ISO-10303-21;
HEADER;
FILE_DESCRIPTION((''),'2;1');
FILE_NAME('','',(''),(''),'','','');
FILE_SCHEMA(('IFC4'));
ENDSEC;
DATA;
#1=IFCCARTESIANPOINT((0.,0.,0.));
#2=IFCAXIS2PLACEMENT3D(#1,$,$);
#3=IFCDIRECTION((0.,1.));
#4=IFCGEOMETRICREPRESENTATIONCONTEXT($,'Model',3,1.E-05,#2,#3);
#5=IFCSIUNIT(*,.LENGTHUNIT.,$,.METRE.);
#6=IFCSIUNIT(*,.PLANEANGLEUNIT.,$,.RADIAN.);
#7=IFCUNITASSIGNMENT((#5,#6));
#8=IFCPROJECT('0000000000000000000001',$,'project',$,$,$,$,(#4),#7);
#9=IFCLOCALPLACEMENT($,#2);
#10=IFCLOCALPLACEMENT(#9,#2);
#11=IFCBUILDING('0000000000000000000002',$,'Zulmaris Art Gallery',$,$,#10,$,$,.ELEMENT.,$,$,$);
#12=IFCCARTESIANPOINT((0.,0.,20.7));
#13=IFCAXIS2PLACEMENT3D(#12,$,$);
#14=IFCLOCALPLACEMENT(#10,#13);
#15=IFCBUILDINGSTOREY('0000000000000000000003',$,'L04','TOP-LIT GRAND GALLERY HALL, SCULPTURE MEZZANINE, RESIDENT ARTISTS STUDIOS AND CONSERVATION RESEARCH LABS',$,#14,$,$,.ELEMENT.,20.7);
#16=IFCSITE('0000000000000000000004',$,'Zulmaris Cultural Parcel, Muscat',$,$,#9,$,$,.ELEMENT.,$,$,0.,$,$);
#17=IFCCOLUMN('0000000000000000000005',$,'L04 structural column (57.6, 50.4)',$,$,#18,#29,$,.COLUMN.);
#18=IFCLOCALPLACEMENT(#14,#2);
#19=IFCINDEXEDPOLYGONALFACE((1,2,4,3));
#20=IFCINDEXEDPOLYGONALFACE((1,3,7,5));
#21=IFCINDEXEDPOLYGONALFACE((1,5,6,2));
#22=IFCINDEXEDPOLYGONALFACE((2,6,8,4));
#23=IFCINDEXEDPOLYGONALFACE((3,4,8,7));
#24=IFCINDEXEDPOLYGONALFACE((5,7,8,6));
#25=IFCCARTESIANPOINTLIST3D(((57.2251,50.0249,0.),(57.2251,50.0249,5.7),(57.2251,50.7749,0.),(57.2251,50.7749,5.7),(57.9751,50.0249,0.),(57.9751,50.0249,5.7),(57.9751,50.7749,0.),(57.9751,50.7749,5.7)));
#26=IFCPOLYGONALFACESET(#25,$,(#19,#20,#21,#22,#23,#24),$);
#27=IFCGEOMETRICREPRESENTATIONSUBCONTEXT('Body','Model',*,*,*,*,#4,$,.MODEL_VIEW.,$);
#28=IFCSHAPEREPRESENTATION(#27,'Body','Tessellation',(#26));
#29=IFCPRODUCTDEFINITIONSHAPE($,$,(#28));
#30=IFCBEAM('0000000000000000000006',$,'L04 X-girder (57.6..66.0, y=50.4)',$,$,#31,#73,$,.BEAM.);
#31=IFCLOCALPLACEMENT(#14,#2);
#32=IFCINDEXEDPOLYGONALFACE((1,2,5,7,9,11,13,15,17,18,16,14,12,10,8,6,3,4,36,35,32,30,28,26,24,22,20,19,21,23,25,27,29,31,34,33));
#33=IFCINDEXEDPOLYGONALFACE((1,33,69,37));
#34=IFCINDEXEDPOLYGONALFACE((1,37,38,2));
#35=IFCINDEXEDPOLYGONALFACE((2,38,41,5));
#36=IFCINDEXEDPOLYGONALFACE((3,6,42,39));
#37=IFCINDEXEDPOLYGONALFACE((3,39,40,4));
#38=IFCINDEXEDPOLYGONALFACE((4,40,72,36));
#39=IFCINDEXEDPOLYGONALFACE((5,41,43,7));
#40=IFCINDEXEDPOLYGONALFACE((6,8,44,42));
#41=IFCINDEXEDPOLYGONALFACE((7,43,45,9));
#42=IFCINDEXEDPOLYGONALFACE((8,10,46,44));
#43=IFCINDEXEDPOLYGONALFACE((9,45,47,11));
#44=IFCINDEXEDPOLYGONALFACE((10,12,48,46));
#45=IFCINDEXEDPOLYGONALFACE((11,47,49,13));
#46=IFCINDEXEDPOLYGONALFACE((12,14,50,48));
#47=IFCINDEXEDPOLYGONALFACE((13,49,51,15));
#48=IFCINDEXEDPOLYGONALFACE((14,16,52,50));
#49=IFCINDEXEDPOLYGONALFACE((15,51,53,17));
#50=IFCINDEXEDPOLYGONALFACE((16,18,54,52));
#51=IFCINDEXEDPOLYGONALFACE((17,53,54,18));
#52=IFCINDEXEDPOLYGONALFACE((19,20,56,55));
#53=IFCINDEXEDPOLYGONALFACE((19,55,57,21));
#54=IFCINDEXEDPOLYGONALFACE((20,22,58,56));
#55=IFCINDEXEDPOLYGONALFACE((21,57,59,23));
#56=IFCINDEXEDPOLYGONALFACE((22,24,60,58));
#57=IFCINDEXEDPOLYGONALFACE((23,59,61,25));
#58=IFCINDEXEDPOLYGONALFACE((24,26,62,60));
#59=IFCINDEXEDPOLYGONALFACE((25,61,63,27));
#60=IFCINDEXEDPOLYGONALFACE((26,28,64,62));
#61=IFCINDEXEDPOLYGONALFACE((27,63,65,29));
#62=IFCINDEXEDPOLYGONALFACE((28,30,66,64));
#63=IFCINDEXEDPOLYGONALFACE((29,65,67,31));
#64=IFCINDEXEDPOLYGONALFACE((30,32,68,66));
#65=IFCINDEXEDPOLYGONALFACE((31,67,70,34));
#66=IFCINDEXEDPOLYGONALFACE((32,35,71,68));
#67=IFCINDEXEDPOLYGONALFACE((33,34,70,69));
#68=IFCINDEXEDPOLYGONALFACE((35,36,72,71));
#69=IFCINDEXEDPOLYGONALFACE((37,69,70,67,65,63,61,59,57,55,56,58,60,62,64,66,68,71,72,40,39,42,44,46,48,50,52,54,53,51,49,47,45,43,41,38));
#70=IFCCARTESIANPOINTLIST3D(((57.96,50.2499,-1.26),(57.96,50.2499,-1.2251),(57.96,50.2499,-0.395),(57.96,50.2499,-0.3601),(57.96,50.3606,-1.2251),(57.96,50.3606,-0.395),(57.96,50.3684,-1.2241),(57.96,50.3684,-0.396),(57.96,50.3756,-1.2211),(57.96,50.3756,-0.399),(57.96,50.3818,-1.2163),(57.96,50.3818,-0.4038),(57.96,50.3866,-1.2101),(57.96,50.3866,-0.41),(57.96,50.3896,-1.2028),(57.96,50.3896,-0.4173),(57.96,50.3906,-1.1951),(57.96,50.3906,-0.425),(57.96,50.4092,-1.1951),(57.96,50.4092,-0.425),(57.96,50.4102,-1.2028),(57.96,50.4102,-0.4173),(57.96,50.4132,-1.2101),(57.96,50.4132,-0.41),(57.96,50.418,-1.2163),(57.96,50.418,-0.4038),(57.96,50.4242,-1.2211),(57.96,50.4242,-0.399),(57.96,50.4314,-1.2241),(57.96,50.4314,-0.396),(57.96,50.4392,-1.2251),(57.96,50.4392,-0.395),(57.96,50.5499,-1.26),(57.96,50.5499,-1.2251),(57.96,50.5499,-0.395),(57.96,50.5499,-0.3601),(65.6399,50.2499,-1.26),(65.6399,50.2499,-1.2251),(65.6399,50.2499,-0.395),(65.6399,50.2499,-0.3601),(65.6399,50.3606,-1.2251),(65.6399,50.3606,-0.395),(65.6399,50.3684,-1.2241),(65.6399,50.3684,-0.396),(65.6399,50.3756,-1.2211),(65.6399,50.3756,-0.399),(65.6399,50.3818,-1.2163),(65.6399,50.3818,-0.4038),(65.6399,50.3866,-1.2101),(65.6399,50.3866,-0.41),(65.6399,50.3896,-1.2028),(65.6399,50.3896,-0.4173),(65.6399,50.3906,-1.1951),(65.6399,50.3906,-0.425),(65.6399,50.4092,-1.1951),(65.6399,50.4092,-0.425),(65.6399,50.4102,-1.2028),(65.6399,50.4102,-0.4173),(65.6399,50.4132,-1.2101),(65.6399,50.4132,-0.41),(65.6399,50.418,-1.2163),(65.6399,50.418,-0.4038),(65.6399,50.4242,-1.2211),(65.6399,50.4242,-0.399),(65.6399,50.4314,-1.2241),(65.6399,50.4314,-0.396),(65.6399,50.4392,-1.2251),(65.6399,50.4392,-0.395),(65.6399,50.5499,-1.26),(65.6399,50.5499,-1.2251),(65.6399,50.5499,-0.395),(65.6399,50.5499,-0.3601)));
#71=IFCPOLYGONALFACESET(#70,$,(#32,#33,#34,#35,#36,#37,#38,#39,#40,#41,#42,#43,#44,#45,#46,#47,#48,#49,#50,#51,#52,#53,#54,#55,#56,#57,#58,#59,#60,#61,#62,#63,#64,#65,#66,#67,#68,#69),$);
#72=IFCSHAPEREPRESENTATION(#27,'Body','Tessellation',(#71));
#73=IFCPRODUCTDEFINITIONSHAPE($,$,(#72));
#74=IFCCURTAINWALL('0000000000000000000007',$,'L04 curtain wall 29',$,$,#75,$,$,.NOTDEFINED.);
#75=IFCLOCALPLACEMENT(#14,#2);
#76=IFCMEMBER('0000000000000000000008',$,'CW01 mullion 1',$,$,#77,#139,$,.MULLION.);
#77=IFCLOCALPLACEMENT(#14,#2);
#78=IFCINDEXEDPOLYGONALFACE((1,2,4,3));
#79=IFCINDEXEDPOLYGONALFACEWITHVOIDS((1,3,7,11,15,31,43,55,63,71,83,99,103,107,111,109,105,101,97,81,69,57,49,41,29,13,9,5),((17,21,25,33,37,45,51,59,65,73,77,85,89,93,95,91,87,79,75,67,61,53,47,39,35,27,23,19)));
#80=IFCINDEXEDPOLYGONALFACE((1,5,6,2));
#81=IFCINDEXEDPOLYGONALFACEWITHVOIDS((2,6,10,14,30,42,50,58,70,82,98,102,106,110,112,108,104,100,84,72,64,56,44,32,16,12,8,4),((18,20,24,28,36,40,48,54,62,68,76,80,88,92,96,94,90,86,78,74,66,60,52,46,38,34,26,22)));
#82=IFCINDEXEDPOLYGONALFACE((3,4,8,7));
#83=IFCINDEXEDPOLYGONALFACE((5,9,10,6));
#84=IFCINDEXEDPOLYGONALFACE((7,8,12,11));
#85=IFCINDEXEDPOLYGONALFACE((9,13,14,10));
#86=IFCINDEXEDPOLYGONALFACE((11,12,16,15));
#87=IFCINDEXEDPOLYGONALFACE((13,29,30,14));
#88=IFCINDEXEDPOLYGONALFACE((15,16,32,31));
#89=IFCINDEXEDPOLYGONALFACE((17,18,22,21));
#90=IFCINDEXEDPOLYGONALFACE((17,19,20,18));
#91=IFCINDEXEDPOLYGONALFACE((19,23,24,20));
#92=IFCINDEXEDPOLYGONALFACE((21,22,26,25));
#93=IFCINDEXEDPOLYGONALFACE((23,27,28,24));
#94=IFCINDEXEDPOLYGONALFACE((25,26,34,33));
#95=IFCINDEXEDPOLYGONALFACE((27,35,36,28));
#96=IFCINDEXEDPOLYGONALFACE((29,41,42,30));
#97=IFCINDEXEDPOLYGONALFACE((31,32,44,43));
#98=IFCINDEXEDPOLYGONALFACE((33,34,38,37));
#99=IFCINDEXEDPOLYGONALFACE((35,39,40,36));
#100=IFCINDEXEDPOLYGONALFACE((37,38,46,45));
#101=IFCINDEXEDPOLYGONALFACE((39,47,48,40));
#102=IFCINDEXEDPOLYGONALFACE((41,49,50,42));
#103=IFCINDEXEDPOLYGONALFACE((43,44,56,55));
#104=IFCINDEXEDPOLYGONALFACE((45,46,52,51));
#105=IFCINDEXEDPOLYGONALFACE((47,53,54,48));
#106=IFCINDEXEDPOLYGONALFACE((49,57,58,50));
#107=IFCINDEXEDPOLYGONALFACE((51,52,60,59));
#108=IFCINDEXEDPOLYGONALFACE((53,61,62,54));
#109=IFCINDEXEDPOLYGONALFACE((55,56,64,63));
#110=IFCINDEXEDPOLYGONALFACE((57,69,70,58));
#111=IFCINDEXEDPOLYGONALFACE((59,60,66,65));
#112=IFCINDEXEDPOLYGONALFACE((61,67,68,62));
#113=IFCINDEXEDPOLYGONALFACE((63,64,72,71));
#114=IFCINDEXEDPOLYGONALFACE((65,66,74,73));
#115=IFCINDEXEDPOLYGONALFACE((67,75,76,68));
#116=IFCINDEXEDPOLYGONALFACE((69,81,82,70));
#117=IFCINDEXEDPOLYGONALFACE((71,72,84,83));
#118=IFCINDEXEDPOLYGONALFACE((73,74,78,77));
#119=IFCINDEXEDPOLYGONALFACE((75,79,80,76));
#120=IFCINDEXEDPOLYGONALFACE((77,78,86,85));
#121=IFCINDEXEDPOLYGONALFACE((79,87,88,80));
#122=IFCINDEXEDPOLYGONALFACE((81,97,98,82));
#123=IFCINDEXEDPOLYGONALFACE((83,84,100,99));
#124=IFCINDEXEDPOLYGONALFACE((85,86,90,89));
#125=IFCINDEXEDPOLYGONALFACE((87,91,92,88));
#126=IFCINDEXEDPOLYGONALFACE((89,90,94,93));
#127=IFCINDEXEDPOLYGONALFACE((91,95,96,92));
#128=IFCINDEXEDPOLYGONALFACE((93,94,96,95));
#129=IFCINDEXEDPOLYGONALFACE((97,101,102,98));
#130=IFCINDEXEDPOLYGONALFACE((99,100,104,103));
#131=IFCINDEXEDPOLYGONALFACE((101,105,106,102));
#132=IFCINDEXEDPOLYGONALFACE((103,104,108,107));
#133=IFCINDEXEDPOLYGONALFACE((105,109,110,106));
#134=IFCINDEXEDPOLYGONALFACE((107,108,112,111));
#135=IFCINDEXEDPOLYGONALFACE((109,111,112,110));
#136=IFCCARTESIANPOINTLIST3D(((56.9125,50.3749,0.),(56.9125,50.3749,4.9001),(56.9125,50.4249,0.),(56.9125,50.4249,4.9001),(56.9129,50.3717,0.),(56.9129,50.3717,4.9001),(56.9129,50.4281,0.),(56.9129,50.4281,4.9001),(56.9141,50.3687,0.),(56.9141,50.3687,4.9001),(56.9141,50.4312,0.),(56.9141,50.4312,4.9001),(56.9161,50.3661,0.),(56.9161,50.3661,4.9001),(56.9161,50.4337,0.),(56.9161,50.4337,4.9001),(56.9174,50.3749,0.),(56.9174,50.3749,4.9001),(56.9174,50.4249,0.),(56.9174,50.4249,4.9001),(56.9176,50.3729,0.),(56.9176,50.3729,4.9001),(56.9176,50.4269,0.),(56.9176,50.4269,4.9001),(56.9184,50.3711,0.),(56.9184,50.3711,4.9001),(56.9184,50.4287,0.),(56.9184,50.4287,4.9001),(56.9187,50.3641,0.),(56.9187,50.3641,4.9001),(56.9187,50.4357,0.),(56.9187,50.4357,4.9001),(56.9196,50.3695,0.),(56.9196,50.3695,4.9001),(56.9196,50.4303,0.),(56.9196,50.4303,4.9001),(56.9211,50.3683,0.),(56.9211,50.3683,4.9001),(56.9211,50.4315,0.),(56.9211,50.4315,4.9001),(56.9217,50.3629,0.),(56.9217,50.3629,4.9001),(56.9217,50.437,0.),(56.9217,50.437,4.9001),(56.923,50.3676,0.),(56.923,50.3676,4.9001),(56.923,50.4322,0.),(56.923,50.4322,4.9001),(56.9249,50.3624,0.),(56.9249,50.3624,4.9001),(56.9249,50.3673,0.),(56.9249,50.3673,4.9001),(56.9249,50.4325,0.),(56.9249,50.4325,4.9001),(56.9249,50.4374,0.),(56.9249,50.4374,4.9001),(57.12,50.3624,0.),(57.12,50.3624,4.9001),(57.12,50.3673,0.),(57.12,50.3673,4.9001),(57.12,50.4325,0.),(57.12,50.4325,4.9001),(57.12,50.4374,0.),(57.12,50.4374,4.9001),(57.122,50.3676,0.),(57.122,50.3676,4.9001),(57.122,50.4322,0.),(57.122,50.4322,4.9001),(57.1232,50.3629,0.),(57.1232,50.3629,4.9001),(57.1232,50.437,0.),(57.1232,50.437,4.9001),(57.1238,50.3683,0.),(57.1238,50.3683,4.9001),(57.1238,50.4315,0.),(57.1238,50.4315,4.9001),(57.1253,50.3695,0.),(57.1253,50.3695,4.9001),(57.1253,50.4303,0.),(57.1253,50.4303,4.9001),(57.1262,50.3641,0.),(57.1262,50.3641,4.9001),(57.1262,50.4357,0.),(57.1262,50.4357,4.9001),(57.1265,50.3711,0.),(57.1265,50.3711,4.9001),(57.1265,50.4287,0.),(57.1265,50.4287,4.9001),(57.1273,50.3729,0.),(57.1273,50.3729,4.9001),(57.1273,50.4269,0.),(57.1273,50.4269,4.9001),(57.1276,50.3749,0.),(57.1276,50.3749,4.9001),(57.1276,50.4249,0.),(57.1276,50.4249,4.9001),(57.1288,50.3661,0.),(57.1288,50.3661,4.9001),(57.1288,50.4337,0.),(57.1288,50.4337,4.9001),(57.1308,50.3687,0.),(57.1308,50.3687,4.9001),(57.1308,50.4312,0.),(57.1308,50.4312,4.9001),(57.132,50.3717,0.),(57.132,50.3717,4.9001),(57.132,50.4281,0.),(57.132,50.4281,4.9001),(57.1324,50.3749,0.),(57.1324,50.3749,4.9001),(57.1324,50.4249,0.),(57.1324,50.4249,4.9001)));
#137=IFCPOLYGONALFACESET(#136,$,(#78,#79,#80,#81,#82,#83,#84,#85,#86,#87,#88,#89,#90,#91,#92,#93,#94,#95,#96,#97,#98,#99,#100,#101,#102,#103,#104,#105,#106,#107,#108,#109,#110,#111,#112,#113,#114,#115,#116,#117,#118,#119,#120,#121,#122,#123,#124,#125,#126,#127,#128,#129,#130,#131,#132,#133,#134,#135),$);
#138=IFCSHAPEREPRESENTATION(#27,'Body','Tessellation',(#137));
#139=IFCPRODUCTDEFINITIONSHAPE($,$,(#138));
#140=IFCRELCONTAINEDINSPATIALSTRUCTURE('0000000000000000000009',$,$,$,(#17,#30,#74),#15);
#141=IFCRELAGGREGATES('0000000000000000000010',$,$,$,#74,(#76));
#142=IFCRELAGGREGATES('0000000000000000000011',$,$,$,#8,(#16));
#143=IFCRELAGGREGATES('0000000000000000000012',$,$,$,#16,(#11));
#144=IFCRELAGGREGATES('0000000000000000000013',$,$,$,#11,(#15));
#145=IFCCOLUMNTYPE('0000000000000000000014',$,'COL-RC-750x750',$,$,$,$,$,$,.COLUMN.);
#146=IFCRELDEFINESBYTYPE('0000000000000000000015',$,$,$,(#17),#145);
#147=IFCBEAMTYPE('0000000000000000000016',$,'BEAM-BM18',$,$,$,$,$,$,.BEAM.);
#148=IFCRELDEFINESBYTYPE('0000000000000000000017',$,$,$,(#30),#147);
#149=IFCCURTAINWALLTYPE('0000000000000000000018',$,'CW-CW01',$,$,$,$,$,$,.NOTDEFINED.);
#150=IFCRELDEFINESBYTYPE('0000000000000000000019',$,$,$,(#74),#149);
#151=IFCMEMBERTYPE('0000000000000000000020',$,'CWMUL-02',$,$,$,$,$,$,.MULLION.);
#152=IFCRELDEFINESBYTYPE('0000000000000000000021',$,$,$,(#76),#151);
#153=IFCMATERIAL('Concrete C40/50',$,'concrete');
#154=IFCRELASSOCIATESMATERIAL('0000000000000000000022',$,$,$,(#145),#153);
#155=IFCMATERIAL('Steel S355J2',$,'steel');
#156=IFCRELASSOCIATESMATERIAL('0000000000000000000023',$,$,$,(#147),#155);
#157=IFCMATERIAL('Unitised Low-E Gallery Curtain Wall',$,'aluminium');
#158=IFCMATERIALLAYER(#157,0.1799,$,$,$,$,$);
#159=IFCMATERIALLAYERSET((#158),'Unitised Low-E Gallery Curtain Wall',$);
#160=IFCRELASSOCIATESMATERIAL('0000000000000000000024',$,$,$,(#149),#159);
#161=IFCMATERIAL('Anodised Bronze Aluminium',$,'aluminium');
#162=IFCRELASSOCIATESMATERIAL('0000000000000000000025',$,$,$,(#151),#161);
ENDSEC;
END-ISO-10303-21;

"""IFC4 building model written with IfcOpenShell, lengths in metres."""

from ifc_helpers import new_model, si_unit, direction, frame, origin, origin_2d, place, context, subcontext, project, spatial, rectangle, hollow_rectangle, i_section, extrude, material, layer, layer_set, material_profile, profile_set, type_object, element, aggregate, save


model = new_model("IFC4")

# Units and contexts
model_context = context("Model", 3, precision=1e-05, world=origin(), true_north=direction((0.0, 1.0)))
body_context = subcontext(model_context, "Body", "Model", "MODEL_VIEW")
ifc_project = project(units=[si_unit("LENGTHUNIT", "METRE"), si_unit("PLANEANGLEUNIT", "RADIAN")], contexts=[model_context])

# Site, building, storey
site_placement = place(None, origin())
site = spatial("IfcSite", under=ifc_project, at=site_placement, Name="Zulmaris Cultural Parcel, Muscat", CompositionType="ELEMENT", RefElevation=0.0)
building_placement = place(site_placement, origin())
building = spatial("IfcBuilding", under=site, at=building_placement, Name="Zulmaris Art Gallery", CompositionType="ELEMENT")
storey_placement = place(building_placement, frame((0.0, 0.0, 20.7)))
storey = spatial("IfcBuildingStorey", under=building, at=storey_placement, Name="L04", Description="TOP-LIT GRAND GALLERY HALL, SCULPTURE MEZZANINE, RESIDENT ARTISTS STUDIOS AND CONSERVATION RESEARCH LABS", CompositionType="ELEMENT", Elevation=20.7)

# Column
ifc_material_1 = material(Name="Concrete C40/50", Category="concrete")
ifc_material_profile_1 = material_profile(ifc_material_1, rectangle(XDim=0.75, YDim=0.75, at=origin_2d()), Name="RC 750x750")
ifc_profile_set_1 = profile_set([ifc_material_profile_1], Name="Concrete C40/50")
column_type = type_object("IfcColumnType", Name="COL-RC-750x750", PredefinedType="COLUMN", material=ifc_profile_set_1)
column_placement = place(storey_placement, frame((57.6001, 50.3999, 0.0), z_axis=(0.0, 0.0, 1.0), x_axis=(1.0, 0.0, 0.0)))
element("IfcColumn", 1, at=column_placement, inside=storey, type_object=column_type, Name="L04 structural column (57.6, 50.4)", PredefinedType="COLUMN", context=body_context, shape_type="SweptSolid", body=[
    extrude(rectangle(XDim=0.75, YDim=0.75, at=origin_2d()), origin(), (0.0, 0.0, 1.0), 5.7),
])

# Beam
ifc_material_2 = material(Name="Steel S355J2", Category="steel")
ifc_material_profile_2 = material_profile(ifc_material_2, i_section(OverallWidth=0.3, OverallDepth=0.8999, WebThickness=0.0186, FlangeThickness=0.0349, FilletRadius=0.03, at=origin_2d()), Name="HEB 900")
ifc_profile_set_2 = profile_set([ifc_material_profile_2], Name="Steel S355J2")
beam_type = type_object("IfcBeamType", Name="BEAM-BM18", PredefinedType="BEAM", material=ifc_profile_set_2)
beam_placement = place(storey_placement, frame((57.96, 50.3999, -0.8101), z_axis=(1.0, 0.0, 0.0), x_axis=(0.0, 1.0, 0.0)))
element("IfcBeam", 2, at=beam_placement, inside=storey, type_object=beam_type, Name="L04 X-girder (57.6..66.0, y=50.4)", PredefinedType="BEAM", context=body_context, shape_type="SweptSolid", body=[
    extrude(i_section(OverallWidth=0.3, OverallDepth=0.8999, WebThickness=0.0186, FlangeThickness=0.0349, FilletRadius=0.03, at=origin_2d()), origin(), (0.0, 0.0, 1.0), 7.6799),
])

# Curtain wall, member
ifc_material_3 = material(Name="Unitised Low-E Gallery Curtain Wall", Category="aluminium")
ifc_layer_1 = layer(ifc_material_3, 0.1799)
ifc_layer_set_1 = layer_set([ifc_layer_1], Name="Unitised Low-E Gallery Curtain Wall")
curtain_wall_type = type_object("IfcCurtainWallType", Name="CW-CW01", PredefinedType="NOTDEFINED", material=ifc_layer_set_1)
curtain_wall_1_placement = place(storey_placement, origin())
curtain_wall_1 = element("IfcCurtainWall", 3, at=curtain_wall_1_placement, inside=storey, type_object=curtain_wall_type, Name="L04 curtain wall 29", PredefinedType="NOTDEFINED")
ifc_material_4 = material(Name="Anodised Bronze Aluminium", Category="aluminium")
ifc_material_profile_3 = material_profile(ifc_material_4, hollow_rectangle(XDim=0.075, YDim=0.22, WallThickness=0.0049, InnerFilletRadius=0.0076, OuterFilletRadius=0.0125, at=origin_2d()), Name="ALU 75x220x5")
ifc_profile_set_3 = profile_set([ifc_material_profile_3], Name="Anodised Bronze Aluminium")
member_type_1 = type_object("IfcMemberType", Name="CWMUL-02", PredefinedType="MULLION", material=ifc_profile_set_3)
member_1_placement = place(storey_placement, frame((57.0225, 50.3999, 0.0), z_axis=(0.0, 0.0, 1.0), x_axis=(0.0, -1.0, 0.0)))
member_1 = element("IfcMember", 4, at=member_1_placement, type_object=member_type_1, Name="CW01 mullion 1", PredefinedType="MULLION", context=body_context, shape_type="SweptSolid", body=[
    extrude(hollow_rectangle(XDim=0.075, YDim=0.22, WallThickness=0.0049, InnerFilletRadius=0.0076, OuterFilletRadius=0.0125, at=origin_2d()), origin(), (0.0, 0.0, 1.0), 4.9001),
])

aggregate(curtain_wall_1, [member_1])

save(model, "model.ifc")
